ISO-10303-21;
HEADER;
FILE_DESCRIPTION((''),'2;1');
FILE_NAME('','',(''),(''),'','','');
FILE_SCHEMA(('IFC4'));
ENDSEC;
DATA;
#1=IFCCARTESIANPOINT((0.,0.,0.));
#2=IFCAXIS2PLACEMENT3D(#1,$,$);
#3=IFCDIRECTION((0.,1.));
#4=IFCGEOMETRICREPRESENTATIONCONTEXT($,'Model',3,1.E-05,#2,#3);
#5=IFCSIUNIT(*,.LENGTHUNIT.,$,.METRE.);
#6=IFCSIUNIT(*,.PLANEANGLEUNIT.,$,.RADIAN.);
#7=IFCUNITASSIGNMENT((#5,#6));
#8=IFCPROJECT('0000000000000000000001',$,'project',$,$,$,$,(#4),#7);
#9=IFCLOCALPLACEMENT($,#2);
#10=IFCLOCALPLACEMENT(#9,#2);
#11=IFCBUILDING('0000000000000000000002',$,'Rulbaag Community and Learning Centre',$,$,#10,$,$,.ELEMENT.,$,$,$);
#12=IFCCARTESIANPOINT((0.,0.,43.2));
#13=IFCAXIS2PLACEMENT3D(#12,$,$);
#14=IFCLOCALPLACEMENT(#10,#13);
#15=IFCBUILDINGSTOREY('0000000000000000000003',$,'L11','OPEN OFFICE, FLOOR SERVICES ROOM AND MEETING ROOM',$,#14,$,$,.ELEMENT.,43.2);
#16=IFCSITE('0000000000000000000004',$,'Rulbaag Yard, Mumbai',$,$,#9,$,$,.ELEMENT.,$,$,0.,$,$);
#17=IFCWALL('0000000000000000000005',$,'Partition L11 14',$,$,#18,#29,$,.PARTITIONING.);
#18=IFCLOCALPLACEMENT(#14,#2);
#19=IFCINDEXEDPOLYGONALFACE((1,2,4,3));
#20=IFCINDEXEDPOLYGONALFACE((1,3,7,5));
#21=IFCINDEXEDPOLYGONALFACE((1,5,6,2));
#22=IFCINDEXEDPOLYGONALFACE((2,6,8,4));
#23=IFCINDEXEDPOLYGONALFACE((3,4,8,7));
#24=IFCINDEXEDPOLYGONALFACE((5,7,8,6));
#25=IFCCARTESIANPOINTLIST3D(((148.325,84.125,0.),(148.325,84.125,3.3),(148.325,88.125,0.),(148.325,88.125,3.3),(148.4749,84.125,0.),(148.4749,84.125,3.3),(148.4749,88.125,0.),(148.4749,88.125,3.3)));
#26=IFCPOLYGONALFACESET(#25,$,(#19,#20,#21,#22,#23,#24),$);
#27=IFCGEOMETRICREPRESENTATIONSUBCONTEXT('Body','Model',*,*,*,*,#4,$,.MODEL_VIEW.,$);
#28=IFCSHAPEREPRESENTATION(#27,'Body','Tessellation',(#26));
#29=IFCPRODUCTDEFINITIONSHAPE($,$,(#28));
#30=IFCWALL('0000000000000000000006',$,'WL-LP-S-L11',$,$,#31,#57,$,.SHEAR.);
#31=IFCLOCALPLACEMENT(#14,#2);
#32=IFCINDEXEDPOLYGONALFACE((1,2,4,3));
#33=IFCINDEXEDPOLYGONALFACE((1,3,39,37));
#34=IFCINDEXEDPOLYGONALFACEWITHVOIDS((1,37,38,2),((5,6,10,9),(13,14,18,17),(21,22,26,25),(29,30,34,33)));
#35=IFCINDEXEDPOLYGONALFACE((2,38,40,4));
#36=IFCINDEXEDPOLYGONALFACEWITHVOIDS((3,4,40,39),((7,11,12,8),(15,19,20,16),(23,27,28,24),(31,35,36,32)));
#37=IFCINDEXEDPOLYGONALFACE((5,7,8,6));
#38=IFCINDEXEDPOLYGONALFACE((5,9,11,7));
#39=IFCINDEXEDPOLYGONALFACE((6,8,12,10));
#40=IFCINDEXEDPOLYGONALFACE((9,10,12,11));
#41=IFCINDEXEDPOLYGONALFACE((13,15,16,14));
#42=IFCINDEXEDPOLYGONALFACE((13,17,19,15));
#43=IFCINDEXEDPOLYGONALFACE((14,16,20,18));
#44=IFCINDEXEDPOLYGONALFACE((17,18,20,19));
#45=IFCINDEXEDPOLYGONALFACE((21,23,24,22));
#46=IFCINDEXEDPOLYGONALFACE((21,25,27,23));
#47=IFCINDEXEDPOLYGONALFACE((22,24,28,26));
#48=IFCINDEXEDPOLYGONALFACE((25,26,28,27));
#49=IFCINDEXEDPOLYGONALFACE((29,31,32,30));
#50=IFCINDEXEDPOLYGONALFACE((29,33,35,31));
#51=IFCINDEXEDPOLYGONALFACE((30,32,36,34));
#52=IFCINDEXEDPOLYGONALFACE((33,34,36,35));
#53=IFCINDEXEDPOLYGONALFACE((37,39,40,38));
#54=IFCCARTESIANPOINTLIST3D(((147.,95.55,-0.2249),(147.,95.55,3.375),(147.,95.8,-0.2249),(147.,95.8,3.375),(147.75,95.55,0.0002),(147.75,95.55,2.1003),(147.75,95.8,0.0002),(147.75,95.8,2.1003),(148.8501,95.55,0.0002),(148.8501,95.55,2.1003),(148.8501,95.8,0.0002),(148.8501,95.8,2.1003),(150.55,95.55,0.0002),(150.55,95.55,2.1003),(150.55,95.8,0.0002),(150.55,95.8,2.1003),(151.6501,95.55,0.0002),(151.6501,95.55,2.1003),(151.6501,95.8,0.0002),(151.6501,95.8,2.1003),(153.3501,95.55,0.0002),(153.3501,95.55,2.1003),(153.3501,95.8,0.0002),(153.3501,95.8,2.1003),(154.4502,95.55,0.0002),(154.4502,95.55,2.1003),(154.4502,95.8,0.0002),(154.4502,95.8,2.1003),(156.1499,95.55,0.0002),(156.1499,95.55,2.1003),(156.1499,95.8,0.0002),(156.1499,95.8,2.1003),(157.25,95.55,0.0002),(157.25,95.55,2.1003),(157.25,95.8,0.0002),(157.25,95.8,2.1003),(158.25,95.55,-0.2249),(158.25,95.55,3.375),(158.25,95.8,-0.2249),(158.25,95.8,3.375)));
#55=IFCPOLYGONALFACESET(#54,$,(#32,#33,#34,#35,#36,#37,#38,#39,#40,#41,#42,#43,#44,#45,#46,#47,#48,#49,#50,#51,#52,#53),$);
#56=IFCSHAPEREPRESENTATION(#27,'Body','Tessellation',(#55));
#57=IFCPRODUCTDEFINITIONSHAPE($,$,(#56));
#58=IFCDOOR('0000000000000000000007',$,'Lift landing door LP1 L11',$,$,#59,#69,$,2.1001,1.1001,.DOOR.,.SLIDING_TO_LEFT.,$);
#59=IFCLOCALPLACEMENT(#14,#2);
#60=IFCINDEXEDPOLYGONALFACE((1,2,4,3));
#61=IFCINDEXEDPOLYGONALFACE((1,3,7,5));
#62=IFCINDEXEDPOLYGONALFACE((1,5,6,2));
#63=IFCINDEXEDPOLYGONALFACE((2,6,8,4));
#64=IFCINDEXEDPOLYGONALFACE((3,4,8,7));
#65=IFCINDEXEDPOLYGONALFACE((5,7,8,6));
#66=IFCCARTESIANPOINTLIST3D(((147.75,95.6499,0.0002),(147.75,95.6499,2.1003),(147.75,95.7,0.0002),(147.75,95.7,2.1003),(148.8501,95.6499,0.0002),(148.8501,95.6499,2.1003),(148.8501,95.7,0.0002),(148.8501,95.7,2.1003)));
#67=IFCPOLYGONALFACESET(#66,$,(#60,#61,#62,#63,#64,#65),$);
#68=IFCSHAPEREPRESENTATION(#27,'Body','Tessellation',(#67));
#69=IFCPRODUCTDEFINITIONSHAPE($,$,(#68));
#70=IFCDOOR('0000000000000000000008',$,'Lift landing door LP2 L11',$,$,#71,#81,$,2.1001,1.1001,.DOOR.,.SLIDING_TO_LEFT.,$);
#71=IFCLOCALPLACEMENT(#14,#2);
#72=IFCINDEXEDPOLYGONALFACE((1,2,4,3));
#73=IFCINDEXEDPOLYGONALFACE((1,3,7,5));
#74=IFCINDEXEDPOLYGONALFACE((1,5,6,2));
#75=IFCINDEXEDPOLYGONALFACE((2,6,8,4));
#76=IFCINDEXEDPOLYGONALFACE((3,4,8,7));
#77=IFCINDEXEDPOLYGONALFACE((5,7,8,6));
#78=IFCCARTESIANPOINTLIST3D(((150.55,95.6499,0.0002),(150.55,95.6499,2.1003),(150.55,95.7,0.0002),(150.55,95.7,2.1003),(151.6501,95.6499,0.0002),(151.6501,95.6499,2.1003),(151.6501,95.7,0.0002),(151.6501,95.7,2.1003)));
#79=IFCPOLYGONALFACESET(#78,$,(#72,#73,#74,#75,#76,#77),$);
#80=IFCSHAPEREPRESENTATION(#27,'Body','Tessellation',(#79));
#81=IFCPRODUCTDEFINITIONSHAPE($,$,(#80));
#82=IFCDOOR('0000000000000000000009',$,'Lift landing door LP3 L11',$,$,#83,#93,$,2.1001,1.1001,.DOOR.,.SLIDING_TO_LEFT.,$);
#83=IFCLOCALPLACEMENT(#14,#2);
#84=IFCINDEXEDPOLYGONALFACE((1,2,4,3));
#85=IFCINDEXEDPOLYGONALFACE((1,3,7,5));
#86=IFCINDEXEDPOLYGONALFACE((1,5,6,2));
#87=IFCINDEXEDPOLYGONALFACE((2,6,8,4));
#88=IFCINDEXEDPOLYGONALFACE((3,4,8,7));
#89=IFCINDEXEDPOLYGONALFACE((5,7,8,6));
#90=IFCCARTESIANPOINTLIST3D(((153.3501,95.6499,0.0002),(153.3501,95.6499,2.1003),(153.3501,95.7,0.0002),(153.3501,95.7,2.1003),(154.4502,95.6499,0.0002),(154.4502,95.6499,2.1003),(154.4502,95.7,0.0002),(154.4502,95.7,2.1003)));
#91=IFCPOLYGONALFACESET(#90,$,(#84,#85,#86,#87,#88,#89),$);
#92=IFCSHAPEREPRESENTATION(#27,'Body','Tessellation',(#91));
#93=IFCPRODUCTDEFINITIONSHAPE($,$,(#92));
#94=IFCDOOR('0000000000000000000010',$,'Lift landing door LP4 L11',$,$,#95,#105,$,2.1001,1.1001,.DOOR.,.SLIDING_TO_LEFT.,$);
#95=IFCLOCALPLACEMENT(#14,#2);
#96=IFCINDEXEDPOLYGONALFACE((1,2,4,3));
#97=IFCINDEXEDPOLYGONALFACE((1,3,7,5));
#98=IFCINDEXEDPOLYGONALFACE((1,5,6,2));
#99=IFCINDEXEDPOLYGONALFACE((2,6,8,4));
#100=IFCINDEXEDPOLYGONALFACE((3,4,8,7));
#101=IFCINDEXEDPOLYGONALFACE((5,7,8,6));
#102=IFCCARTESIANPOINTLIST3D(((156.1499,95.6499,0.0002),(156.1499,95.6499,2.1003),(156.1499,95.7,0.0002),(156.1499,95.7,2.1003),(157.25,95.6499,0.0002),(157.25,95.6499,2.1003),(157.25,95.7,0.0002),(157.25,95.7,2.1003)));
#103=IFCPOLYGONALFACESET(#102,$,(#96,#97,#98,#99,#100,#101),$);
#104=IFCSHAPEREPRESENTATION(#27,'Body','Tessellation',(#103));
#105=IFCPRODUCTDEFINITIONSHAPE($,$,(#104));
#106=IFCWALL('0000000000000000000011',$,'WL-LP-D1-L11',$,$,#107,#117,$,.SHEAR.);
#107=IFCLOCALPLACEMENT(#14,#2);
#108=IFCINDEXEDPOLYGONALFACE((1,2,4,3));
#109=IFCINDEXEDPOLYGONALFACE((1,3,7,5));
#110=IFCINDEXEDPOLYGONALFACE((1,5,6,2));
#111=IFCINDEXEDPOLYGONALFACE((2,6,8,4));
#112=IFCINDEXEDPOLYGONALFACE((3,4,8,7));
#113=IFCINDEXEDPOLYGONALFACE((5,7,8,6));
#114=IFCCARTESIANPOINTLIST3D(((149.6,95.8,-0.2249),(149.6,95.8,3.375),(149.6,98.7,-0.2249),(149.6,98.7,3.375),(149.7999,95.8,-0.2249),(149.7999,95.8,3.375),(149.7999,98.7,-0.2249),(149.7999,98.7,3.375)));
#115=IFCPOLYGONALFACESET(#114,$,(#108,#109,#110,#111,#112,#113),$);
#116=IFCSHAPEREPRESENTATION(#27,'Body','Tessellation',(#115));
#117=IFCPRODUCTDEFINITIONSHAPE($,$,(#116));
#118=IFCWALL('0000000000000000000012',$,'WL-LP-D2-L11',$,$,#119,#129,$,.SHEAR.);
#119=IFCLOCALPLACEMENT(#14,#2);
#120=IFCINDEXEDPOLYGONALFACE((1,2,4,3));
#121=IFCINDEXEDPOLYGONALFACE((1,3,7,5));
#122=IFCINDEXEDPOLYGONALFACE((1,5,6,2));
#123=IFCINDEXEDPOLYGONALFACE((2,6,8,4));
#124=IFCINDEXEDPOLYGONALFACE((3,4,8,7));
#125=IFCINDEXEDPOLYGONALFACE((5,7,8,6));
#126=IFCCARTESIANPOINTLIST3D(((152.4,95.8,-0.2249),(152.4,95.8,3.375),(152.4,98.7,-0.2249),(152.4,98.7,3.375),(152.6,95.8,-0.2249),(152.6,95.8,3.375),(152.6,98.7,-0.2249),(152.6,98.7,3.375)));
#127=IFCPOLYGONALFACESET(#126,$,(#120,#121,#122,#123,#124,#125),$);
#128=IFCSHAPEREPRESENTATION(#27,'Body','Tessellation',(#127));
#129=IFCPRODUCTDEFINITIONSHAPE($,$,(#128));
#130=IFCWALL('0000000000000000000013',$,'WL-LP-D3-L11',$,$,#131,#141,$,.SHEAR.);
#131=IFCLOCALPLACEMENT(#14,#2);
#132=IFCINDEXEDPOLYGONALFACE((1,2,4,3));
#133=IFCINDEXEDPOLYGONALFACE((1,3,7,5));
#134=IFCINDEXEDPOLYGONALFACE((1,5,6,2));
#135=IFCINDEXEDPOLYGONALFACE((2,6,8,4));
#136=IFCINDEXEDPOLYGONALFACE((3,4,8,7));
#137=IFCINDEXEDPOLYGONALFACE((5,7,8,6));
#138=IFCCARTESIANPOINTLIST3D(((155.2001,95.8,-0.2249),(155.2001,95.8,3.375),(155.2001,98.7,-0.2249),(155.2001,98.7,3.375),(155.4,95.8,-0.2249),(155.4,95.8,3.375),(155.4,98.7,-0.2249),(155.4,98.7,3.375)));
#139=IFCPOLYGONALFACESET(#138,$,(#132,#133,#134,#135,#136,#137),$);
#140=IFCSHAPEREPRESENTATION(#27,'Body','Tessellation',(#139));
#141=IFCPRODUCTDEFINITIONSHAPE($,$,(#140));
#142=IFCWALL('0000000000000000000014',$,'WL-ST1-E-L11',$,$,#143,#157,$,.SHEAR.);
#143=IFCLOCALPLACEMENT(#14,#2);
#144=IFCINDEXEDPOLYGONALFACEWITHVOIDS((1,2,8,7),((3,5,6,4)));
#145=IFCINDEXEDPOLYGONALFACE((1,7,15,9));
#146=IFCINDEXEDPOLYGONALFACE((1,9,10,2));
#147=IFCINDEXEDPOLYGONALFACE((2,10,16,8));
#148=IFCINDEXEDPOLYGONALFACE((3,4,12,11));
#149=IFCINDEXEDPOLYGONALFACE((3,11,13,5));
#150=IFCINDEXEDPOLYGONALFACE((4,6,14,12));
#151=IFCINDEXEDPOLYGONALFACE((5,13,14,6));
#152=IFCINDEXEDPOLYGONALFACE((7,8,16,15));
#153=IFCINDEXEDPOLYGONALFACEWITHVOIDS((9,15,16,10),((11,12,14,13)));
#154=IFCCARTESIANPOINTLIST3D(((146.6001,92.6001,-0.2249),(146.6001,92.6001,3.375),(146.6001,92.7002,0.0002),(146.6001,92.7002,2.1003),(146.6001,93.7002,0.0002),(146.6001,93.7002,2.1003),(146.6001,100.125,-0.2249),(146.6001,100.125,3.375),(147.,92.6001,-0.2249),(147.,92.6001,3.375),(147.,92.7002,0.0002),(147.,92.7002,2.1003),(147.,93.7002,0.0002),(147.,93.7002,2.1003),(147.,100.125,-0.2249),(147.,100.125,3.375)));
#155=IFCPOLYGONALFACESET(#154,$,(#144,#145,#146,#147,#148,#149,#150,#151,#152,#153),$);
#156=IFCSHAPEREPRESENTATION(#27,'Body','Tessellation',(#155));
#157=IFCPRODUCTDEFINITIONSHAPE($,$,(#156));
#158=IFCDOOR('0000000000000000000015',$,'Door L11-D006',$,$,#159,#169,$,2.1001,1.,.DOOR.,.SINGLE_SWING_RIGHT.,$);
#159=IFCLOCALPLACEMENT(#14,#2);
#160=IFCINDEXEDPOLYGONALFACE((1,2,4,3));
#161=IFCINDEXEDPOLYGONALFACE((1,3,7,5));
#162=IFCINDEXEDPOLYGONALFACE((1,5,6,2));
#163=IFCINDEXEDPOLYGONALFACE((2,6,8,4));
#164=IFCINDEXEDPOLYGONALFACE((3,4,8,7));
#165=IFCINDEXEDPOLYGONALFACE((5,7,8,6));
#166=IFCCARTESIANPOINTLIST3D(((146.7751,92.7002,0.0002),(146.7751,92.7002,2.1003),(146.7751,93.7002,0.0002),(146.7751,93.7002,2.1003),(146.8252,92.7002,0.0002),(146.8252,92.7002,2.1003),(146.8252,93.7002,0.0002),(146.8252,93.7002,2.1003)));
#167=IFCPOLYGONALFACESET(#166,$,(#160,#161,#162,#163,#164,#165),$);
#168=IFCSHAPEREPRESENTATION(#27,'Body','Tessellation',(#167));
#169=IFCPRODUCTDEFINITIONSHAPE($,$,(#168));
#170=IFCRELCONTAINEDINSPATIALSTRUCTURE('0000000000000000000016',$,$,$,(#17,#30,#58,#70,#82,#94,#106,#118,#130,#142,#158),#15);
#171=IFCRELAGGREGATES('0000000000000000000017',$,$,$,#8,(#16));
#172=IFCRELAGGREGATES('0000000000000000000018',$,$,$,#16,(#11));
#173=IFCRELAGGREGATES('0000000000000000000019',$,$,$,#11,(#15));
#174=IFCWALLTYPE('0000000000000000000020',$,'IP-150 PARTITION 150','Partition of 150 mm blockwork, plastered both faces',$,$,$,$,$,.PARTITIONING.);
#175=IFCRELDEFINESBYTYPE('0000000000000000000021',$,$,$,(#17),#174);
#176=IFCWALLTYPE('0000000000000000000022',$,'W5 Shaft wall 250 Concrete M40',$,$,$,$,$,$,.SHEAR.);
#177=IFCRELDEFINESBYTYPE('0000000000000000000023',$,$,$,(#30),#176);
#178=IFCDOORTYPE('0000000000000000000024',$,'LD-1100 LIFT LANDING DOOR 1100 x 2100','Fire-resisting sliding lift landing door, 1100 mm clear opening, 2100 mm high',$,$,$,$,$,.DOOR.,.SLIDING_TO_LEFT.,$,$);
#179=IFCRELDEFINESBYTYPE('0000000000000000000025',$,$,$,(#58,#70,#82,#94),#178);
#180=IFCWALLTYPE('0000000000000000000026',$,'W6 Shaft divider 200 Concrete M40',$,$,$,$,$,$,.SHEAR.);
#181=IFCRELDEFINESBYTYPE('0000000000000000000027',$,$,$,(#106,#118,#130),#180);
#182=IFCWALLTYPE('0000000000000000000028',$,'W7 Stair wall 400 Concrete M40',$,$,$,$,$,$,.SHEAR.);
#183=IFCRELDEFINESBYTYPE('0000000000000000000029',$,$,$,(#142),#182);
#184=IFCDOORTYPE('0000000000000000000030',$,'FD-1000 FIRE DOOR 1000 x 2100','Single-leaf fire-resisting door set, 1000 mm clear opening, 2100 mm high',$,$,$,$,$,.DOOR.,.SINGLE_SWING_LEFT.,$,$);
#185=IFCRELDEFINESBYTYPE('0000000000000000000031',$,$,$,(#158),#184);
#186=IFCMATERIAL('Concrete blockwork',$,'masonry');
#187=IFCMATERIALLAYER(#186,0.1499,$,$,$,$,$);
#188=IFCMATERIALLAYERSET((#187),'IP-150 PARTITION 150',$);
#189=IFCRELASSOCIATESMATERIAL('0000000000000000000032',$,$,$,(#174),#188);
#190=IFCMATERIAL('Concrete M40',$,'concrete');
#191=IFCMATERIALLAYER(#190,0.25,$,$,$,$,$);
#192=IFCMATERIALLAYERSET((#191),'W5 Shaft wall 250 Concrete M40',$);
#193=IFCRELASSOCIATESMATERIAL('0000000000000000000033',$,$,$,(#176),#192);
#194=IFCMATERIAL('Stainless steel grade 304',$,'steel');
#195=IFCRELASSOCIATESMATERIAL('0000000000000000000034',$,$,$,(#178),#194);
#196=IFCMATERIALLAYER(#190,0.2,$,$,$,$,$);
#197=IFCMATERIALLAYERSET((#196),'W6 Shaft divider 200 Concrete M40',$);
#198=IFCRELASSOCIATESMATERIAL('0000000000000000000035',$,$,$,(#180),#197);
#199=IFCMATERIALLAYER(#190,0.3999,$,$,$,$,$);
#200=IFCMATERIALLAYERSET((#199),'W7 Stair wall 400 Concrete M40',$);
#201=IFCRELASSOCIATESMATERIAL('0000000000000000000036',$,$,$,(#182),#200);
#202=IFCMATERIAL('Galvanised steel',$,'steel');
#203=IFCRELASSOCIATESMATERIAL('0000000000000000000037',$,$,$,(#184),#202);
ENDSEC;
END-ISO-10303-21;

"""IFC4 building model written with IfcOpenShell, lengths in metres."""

from ifc_helpers import new_model, si_unit, direction, frame, frame_2d, origin, place, context, subcontext, project, spatial, rectangle, extrude, material, layer, layer_set, type_object, element, fill, save


model = new_model("IFC4")

# Units and contexts
model_context = context("Model", 3, precision=1e-05, world=origin(), true_north=direction((0.0, 1.0)))
body_context = subcontext(model_context, "Body", "Model", "MODEL_VIEW")
ifc_project = project(units=[si_unit("LENGTHUNIT", "METRE"), si_unit("PLANEANGLEUNIT", "RADIAN")], contexts=[model_context])

# Site, building, storey
site_placement = place(None, origin())
site = spatial("IfcSite", under=ifc_project, at=site_placement, Name="Rulbaag Yard, Mumbai", CompositionType="ELEMENT", RefElevation=0.0)
building_placement = place(site_placement, origin())
building = spatial("IfcBuilding", under=site, at=building_placement, Name="Rulbaag Community and Learning Centre", CompositionType="ELEMENT")
storey_placement = place(building_placement, frame((0.0, 0.0, 43.2)))
storey = spatial("IfcBuildingStorey", under=building, at=storey_placement, Name="L11", Description="OPEN OFFICE, FLOOR SERVICES ROOM AND MEETING ROOM", CompositionType="ELEMENT", Elevation=43.2)

# Shared definitions
ifc_material_1 = material(Name="Concrete M40", Category="concrete")

# Shared definitions
ifc_material_2 = material(Name="Concrete blockwork", Category="masonry")

# Wall
ifc_layer_1 = layer(ifc_material_2, 0.1499)
ifc_layer_set_1 = layer_set([ifc_layer_1], Name="IP-150 PARTITION 150")
wall_type_1 = type_object("IfcWallType", Name="IP-150 PARTITION 150", Description="Partition of 150 mm blockwork, plastered both faces", PredefinedType="PARTITIONING", material=ifc_layer_set_1)
wall_1_placement = place(storey_placement, frame((148.3999, 84.125, 0.0), z_axis=(0.0, 0.0, 1.0), x_axis=(0.0, 1.0, 0.0)))
element("IfcWall", 1, at=wall_1_placement, inside=storey, type_object=wall_type_1, Name="Partition L11 14", PredefinedType="PARTITIONING", context=body_context, shape_type="SweptSolid", body=[
    extrude(rectangle(XDim=4.0, YDim=0.1499, at=frame_2d((2.0, 0.0))), origin(), (0.0, 0.0, 1.0), 3.3),
])

# Wall, openings, doors
ifc_layer_2 = layer(ifc_material_1, 0.25)
ifc_layer_set_2 = layer_set([ifc_layer_2], Name="W5 Shaft wall 250 Concrete M40")
wall_type_2 = type_object("IfcWallType", Name="W5 Shaft wall 250 Concrete M40", PredefinedType="SHEAR", material=ifc_layer_set_2)
wall_2_placement = place(storey_placement, frame((147.0, 95.675, -0.2249), z_axis=(0.0, 0.0, 1.0), x_axis=(1.0, 0.0, 0.0)))
wall_2 = element("IfcWall", 2, at=wall_2_placement, inside=storey, type_object=wall_type_2, Name="WL-LP-S-L11", PredefinedType="SHEAR", context=body_context, shape_type="SweptSolid", body=[
    extrude(rectangle(XDim=11.25, YDim=0.25, at=frame_2d((5.625, 0.0))), origin(), (0.0, 0.0, 1.0), 3.5999),
])
opening_1_placement = place(wall_2_placement, frame((0.75, 0.0, 0.2251)))
opening_1 = element("IfcOpeningElement", 3, at=opening_1_placement, cuts=wall_2, PredefinedType="OPENING", context=body_context, shape_type="SweptSolid", body=[
    extrude(rectangle(XDim=1.1001, YDim=2.1001, at=frame_2d((0.55, 1.05))), frame((0.0, 0.135, 0.0), z_axis=(0.0, -1.0, 0.0), x_axis=(1.0, 0.0, 0.0)), (0.0, 0.0, 1.0), 0.27),
])
opening_2_placement = place(wall_2_placement, frame((3.55, 0.0, 0.2251)))
opening_2 = element("IfcOpeningElement", 4, at=opening_2_placement, cuts=wall_2, PredefinedType="OPENING", context=body_context, shape_type="SweptSolid", body=[
    extrude(rectangle(XDim=1.1001, YDim=2.1001, at=frame_2d((0.55, 1.05))), frame((0.0, 0.135, 0.0), z_axis=(0.0, -1.0, 0.0), x_axis=(1.0, 0.0, 0.0)), (0.0, 0.0, 1.0), 0.27),
])
opening_3_placement = place(wall_2_placement, frame((6.3501, 0.0, 0.2251)))
opening_3 = element("IfcOpeningElement", 5, at=opening_3_placement, cuts=wall_2, PredefinedType="OPENING", context=body_context, shape_type="SweptSolid", body=[
    extrude(rectangle(XDim=1.1001, YDim=2.1001, at=frame_2d((0.55, 1.05))), frame((0.0, 0.135, 0.0), z_axis=(0.0, -1.0, 0.0), x_axis=(1.0, 0.0, 0.0)), (0.0, 0.0, 1.0), 0.27),
])
opening_4_placement = place(wall_2_placement, frame((9.1499, 0.0, 0.2251)))
opening_4 = element("IfcOpeningElement", 6, at=opening_4_placement, cuts=wall_2, PredefinedType="OPENING", context=body_context, shape_type="SweptSolid", body=[
    extrude(rectangle(XDim=1.1001, YDim=2.1001, at=frame_2d((0.55, 1.05))), frame((0.0, 0.135, 0.0), z_axis=(0.0, -1.0, 0.0), x_axis=(1.0, 0.0, 0.0)), (0.0, 0.0, 1.0), 0.27),
])
ifc_material_3 = material(Name="Stainless steel grade 304", Category="steel")
door_type_1 = type_object("IfcDoorType", Name="LD-1100 LIFT LANDING DOOR 1100 x 2100", Description="Fire-resisting sliding lift landing door, 1100 mm clear opening, 2100 mm high", OperationType="SLIDING_TO_LEFT", PredefinedType="DOOR", material=ifc_material_3)
door_1_placement = place(opening_1_placement, origin())
door_1 = element("IfcDoor", 7, at=door_1_placement, inside=storey, type_object=door_type_1, Name="Lift landing door LP1 L11", OperationType="SLIDING_TO_LEFT", OverallHeight=2.1001, OverallWidth=1.1001, PredefinedType="DOOR", context=body_context, shape_type="SweptSolid", body=[
    extrude(rectangle(XDim=1.1001, YDim=2.1001, at=frame_2d((0.55, 1.05))), frame((0.0, 0.0249, 0.0), z_axis=(0.0, -1.0, 0.0), x_axis=(1.0, 0.0, 0.0)), (0.0, 0.0, 1.0), 0.05),
])
fill(opening_1, door_1)
door_2_placement = place(opening_2_placement, origin())
door_2 = element("IfcDoor", 8, at=door_2_placement, inside=storey, type_object=door_type_1, Name="Lift landing door LP2 L11", OperationType="SLIDING_TO_LEFT", OverallHeight=2.1001, OverallWidth=1.1001, PredefinedType="DOOR", context=body_context, shape_type="SweptSolid", body=[
    extrude(rectangle(XDim=1.1001, YDim=2.1001, at=frame_2d((0.55, 1.05))), frame((0.0, 0.0249, 0.0), z_axis=(0.0, -1.0, 0.0), x_axis=(1.0, 0.0, 0.0)), (0.0, 0.0, 1.0), 0.05),
])
fill(opening_2, door_2)
door_3_placement = place(opening_3_placement, origin())
door_3 = element("IfcDoor", 9, at=door_3_placement, inside=storey, type_object=door_type_1, Name="Lift landing door LP3 L11", OperationType="SLIDING_TO_LEFT", OverallHeight=2.1001, OverallWidth=1.1001, PredefinedType="DOOR", context=body_context, shape_type="SweptSolid", body=[
    extrude(rectangle(XDim=1.1001, YDim=2.1001, at=frame_2d((0.55, 1.05))), frame((0.0, 0.0249, 0.0), z_axis=(0.0, -1.0, 0.0), x_axis=(1.0, 0.0, 0.0)), (0.0, 0.0, 1.0), 0.05),
])
fill(opening_3, door_3)
door_4_placement = place(opening_4_placement, origin())
door_4 = element("IfcDoor", 10, at=door_4_placement, inside=storey, type_object=door_type_1, Name="Lift landing door LP4 L11", OperationType="SLIDING_TO_LEFT", OverallHeight=2.1001, OverallWidth=1.1001, PredefinedType="DOOR", context=body_context, shape_type="SweptSolid", body=[
    extrude(rectangle(XDim=1.1001, YDim=2.1001, at=frame_2d((0.55, 1.05))), frame((0.0, 0.0249, 0.0), z_axis=(0.0, -1.0, 0.0), x_axis=(1.0, 0.0, 0.0)), (0.0, 0.0, 1.0), 0.05),
])
fill(opening_4, door_4)

# Walls
ifc_layer_3 = layer(ifc_material_1, 0.2)
ifc_layer_set_3 = layer_set([ifc_layer_3], Name="W6 Shaft divider 200 Concrete M40")
wall_type_3 = type_object("IfcWallType", Name="W6 Shaft divider 200 Concrete M40", PredefinedType="SHEAR", material=ifc_layer_set_3)
for number, where, z_axis, x_axis, name in (
    (11, (149.7, 95.8, -0.2249), (0.0, 0.0, 1.0), (0.0, 1.0, 0.0), "WL-LP-D1-L11"),
    (12, (152.5, 95.8, -0.2249), (0.0, 0.0, 1.0), (0.0, 1.0, 0.0), "WL-LP-D2-L11"),
    (13, (155.3, 95.8, -0.2249), (0.0, 0.0, 1.0), (0.0, 1.0, 0.0), "WL-LP-D3-L11"),
):
    element("IfcWall", number, at=place(storey_placement, frame(where, z_axis=z_axis, x_axis=x_axis)), inside=storey, type_object=wall_type_3, Name=name, PredefinedType="SHEAR", context=body_context, shape_type="SweptSolid", body=[
        extrude(rectangle(XDim=2.8999, YDim=0.2, at=frame_2d((1.45, 0.0))), origin(), (0.0, 0.0, 1.0), 3.5999),
    ])

# Wall, opening, door
ifc_layer_4 = layer(ifc_material_1, 0.3999)
ifc_layer_set_4 = layer_set([ifc_layer_4], Name="W7 Stair wall 400 Concrete M40")
wall_type_4 = type_object("IfcWallType", Name="W7 Stair wall 400 Concrete M40", PredefinedType="SHEAR", material=ifc_layer_set_4)
wall_3_placement = place(storey_placement, frame((146.8, 92.6001, -0.2249), z_axis=(0.0, 0.0, 1.0), x_axis=(0.0, 1.0, 0.0)))
wall_3 = element("IfcWall", 14, at=wall_3_placement, inside=storey, type_object=wall_type_4, Name="WL-ST1-E-L11", PredefinedType="SHEAR", context=body_context, shape_type="SweptSolid", body=[
    extrude(rectangle(XDim=7.5249, YDim=0.3999, at=frame_2d((3.7625, 0.0))), origin(), (0.0, 0.0, 1.0), 3.5999),
])
opening_5_placement = place(wall_3_placement, frame((0.1001, 0.0, 0.2251)))
opening_5 = element("IfcOpeningElement", 15, at=opening_5_placement, cuts=wall_3, PredefinedType="OPENING", context=body_context, shape_type="SweptSolid", body=[
    extrude(rectangle(XDim=1.0, YDim=2.1001, at=frame_2d((0.5, 1.05))), frame((0.0, 0.21, 0.0), z_axis=(0.0, -1.0, 0.0), x_axis=(1.0, 0.0, 0.0)), (0.0, 0.0, 1.0), 0.4199),
])
ifc_material_4 = material(Name="Galvanised steel", Category="steel")
door_type_2 = type_object("IfcDoorType", Name="FD-1000 FIRE DOOR 1000 x 2100", Description="Single-leaf fire-resisting door set, 1000 mm clear opening, 2100 mm high", OperationType="SINGLE_SWING_LEFT", PredefinedType="DOOR", material=ifc_material_4)
door_5_placement = place(opening_5_placement, origin())
door_5 = element("IfcDoor", 16, at=door_5_placement, inside=storey, type_object=door_type_2, Name="Door L11-D006", OperationType="SINGLE_SWING_RIGHT", OverallHeight=2.1001, OverallWidth=1.0, PredefinedType="DOOR", context=body_context, shape_type="SweptSolid", body=[
    extrude(rectangle(XDim=1.0, YDim=2.1001, at=frame_2d((0.5, 1.05))), frame((0.0, 0.0249, 0.0), z_axis=(0.0, -1.0, 0.0), x_axis=(1.0, 0.0, 0.0)), (0.0, 0.0, 1.0), 0.05),
])
fill(opening_5, door_5)

save(model, "model.ifc")
